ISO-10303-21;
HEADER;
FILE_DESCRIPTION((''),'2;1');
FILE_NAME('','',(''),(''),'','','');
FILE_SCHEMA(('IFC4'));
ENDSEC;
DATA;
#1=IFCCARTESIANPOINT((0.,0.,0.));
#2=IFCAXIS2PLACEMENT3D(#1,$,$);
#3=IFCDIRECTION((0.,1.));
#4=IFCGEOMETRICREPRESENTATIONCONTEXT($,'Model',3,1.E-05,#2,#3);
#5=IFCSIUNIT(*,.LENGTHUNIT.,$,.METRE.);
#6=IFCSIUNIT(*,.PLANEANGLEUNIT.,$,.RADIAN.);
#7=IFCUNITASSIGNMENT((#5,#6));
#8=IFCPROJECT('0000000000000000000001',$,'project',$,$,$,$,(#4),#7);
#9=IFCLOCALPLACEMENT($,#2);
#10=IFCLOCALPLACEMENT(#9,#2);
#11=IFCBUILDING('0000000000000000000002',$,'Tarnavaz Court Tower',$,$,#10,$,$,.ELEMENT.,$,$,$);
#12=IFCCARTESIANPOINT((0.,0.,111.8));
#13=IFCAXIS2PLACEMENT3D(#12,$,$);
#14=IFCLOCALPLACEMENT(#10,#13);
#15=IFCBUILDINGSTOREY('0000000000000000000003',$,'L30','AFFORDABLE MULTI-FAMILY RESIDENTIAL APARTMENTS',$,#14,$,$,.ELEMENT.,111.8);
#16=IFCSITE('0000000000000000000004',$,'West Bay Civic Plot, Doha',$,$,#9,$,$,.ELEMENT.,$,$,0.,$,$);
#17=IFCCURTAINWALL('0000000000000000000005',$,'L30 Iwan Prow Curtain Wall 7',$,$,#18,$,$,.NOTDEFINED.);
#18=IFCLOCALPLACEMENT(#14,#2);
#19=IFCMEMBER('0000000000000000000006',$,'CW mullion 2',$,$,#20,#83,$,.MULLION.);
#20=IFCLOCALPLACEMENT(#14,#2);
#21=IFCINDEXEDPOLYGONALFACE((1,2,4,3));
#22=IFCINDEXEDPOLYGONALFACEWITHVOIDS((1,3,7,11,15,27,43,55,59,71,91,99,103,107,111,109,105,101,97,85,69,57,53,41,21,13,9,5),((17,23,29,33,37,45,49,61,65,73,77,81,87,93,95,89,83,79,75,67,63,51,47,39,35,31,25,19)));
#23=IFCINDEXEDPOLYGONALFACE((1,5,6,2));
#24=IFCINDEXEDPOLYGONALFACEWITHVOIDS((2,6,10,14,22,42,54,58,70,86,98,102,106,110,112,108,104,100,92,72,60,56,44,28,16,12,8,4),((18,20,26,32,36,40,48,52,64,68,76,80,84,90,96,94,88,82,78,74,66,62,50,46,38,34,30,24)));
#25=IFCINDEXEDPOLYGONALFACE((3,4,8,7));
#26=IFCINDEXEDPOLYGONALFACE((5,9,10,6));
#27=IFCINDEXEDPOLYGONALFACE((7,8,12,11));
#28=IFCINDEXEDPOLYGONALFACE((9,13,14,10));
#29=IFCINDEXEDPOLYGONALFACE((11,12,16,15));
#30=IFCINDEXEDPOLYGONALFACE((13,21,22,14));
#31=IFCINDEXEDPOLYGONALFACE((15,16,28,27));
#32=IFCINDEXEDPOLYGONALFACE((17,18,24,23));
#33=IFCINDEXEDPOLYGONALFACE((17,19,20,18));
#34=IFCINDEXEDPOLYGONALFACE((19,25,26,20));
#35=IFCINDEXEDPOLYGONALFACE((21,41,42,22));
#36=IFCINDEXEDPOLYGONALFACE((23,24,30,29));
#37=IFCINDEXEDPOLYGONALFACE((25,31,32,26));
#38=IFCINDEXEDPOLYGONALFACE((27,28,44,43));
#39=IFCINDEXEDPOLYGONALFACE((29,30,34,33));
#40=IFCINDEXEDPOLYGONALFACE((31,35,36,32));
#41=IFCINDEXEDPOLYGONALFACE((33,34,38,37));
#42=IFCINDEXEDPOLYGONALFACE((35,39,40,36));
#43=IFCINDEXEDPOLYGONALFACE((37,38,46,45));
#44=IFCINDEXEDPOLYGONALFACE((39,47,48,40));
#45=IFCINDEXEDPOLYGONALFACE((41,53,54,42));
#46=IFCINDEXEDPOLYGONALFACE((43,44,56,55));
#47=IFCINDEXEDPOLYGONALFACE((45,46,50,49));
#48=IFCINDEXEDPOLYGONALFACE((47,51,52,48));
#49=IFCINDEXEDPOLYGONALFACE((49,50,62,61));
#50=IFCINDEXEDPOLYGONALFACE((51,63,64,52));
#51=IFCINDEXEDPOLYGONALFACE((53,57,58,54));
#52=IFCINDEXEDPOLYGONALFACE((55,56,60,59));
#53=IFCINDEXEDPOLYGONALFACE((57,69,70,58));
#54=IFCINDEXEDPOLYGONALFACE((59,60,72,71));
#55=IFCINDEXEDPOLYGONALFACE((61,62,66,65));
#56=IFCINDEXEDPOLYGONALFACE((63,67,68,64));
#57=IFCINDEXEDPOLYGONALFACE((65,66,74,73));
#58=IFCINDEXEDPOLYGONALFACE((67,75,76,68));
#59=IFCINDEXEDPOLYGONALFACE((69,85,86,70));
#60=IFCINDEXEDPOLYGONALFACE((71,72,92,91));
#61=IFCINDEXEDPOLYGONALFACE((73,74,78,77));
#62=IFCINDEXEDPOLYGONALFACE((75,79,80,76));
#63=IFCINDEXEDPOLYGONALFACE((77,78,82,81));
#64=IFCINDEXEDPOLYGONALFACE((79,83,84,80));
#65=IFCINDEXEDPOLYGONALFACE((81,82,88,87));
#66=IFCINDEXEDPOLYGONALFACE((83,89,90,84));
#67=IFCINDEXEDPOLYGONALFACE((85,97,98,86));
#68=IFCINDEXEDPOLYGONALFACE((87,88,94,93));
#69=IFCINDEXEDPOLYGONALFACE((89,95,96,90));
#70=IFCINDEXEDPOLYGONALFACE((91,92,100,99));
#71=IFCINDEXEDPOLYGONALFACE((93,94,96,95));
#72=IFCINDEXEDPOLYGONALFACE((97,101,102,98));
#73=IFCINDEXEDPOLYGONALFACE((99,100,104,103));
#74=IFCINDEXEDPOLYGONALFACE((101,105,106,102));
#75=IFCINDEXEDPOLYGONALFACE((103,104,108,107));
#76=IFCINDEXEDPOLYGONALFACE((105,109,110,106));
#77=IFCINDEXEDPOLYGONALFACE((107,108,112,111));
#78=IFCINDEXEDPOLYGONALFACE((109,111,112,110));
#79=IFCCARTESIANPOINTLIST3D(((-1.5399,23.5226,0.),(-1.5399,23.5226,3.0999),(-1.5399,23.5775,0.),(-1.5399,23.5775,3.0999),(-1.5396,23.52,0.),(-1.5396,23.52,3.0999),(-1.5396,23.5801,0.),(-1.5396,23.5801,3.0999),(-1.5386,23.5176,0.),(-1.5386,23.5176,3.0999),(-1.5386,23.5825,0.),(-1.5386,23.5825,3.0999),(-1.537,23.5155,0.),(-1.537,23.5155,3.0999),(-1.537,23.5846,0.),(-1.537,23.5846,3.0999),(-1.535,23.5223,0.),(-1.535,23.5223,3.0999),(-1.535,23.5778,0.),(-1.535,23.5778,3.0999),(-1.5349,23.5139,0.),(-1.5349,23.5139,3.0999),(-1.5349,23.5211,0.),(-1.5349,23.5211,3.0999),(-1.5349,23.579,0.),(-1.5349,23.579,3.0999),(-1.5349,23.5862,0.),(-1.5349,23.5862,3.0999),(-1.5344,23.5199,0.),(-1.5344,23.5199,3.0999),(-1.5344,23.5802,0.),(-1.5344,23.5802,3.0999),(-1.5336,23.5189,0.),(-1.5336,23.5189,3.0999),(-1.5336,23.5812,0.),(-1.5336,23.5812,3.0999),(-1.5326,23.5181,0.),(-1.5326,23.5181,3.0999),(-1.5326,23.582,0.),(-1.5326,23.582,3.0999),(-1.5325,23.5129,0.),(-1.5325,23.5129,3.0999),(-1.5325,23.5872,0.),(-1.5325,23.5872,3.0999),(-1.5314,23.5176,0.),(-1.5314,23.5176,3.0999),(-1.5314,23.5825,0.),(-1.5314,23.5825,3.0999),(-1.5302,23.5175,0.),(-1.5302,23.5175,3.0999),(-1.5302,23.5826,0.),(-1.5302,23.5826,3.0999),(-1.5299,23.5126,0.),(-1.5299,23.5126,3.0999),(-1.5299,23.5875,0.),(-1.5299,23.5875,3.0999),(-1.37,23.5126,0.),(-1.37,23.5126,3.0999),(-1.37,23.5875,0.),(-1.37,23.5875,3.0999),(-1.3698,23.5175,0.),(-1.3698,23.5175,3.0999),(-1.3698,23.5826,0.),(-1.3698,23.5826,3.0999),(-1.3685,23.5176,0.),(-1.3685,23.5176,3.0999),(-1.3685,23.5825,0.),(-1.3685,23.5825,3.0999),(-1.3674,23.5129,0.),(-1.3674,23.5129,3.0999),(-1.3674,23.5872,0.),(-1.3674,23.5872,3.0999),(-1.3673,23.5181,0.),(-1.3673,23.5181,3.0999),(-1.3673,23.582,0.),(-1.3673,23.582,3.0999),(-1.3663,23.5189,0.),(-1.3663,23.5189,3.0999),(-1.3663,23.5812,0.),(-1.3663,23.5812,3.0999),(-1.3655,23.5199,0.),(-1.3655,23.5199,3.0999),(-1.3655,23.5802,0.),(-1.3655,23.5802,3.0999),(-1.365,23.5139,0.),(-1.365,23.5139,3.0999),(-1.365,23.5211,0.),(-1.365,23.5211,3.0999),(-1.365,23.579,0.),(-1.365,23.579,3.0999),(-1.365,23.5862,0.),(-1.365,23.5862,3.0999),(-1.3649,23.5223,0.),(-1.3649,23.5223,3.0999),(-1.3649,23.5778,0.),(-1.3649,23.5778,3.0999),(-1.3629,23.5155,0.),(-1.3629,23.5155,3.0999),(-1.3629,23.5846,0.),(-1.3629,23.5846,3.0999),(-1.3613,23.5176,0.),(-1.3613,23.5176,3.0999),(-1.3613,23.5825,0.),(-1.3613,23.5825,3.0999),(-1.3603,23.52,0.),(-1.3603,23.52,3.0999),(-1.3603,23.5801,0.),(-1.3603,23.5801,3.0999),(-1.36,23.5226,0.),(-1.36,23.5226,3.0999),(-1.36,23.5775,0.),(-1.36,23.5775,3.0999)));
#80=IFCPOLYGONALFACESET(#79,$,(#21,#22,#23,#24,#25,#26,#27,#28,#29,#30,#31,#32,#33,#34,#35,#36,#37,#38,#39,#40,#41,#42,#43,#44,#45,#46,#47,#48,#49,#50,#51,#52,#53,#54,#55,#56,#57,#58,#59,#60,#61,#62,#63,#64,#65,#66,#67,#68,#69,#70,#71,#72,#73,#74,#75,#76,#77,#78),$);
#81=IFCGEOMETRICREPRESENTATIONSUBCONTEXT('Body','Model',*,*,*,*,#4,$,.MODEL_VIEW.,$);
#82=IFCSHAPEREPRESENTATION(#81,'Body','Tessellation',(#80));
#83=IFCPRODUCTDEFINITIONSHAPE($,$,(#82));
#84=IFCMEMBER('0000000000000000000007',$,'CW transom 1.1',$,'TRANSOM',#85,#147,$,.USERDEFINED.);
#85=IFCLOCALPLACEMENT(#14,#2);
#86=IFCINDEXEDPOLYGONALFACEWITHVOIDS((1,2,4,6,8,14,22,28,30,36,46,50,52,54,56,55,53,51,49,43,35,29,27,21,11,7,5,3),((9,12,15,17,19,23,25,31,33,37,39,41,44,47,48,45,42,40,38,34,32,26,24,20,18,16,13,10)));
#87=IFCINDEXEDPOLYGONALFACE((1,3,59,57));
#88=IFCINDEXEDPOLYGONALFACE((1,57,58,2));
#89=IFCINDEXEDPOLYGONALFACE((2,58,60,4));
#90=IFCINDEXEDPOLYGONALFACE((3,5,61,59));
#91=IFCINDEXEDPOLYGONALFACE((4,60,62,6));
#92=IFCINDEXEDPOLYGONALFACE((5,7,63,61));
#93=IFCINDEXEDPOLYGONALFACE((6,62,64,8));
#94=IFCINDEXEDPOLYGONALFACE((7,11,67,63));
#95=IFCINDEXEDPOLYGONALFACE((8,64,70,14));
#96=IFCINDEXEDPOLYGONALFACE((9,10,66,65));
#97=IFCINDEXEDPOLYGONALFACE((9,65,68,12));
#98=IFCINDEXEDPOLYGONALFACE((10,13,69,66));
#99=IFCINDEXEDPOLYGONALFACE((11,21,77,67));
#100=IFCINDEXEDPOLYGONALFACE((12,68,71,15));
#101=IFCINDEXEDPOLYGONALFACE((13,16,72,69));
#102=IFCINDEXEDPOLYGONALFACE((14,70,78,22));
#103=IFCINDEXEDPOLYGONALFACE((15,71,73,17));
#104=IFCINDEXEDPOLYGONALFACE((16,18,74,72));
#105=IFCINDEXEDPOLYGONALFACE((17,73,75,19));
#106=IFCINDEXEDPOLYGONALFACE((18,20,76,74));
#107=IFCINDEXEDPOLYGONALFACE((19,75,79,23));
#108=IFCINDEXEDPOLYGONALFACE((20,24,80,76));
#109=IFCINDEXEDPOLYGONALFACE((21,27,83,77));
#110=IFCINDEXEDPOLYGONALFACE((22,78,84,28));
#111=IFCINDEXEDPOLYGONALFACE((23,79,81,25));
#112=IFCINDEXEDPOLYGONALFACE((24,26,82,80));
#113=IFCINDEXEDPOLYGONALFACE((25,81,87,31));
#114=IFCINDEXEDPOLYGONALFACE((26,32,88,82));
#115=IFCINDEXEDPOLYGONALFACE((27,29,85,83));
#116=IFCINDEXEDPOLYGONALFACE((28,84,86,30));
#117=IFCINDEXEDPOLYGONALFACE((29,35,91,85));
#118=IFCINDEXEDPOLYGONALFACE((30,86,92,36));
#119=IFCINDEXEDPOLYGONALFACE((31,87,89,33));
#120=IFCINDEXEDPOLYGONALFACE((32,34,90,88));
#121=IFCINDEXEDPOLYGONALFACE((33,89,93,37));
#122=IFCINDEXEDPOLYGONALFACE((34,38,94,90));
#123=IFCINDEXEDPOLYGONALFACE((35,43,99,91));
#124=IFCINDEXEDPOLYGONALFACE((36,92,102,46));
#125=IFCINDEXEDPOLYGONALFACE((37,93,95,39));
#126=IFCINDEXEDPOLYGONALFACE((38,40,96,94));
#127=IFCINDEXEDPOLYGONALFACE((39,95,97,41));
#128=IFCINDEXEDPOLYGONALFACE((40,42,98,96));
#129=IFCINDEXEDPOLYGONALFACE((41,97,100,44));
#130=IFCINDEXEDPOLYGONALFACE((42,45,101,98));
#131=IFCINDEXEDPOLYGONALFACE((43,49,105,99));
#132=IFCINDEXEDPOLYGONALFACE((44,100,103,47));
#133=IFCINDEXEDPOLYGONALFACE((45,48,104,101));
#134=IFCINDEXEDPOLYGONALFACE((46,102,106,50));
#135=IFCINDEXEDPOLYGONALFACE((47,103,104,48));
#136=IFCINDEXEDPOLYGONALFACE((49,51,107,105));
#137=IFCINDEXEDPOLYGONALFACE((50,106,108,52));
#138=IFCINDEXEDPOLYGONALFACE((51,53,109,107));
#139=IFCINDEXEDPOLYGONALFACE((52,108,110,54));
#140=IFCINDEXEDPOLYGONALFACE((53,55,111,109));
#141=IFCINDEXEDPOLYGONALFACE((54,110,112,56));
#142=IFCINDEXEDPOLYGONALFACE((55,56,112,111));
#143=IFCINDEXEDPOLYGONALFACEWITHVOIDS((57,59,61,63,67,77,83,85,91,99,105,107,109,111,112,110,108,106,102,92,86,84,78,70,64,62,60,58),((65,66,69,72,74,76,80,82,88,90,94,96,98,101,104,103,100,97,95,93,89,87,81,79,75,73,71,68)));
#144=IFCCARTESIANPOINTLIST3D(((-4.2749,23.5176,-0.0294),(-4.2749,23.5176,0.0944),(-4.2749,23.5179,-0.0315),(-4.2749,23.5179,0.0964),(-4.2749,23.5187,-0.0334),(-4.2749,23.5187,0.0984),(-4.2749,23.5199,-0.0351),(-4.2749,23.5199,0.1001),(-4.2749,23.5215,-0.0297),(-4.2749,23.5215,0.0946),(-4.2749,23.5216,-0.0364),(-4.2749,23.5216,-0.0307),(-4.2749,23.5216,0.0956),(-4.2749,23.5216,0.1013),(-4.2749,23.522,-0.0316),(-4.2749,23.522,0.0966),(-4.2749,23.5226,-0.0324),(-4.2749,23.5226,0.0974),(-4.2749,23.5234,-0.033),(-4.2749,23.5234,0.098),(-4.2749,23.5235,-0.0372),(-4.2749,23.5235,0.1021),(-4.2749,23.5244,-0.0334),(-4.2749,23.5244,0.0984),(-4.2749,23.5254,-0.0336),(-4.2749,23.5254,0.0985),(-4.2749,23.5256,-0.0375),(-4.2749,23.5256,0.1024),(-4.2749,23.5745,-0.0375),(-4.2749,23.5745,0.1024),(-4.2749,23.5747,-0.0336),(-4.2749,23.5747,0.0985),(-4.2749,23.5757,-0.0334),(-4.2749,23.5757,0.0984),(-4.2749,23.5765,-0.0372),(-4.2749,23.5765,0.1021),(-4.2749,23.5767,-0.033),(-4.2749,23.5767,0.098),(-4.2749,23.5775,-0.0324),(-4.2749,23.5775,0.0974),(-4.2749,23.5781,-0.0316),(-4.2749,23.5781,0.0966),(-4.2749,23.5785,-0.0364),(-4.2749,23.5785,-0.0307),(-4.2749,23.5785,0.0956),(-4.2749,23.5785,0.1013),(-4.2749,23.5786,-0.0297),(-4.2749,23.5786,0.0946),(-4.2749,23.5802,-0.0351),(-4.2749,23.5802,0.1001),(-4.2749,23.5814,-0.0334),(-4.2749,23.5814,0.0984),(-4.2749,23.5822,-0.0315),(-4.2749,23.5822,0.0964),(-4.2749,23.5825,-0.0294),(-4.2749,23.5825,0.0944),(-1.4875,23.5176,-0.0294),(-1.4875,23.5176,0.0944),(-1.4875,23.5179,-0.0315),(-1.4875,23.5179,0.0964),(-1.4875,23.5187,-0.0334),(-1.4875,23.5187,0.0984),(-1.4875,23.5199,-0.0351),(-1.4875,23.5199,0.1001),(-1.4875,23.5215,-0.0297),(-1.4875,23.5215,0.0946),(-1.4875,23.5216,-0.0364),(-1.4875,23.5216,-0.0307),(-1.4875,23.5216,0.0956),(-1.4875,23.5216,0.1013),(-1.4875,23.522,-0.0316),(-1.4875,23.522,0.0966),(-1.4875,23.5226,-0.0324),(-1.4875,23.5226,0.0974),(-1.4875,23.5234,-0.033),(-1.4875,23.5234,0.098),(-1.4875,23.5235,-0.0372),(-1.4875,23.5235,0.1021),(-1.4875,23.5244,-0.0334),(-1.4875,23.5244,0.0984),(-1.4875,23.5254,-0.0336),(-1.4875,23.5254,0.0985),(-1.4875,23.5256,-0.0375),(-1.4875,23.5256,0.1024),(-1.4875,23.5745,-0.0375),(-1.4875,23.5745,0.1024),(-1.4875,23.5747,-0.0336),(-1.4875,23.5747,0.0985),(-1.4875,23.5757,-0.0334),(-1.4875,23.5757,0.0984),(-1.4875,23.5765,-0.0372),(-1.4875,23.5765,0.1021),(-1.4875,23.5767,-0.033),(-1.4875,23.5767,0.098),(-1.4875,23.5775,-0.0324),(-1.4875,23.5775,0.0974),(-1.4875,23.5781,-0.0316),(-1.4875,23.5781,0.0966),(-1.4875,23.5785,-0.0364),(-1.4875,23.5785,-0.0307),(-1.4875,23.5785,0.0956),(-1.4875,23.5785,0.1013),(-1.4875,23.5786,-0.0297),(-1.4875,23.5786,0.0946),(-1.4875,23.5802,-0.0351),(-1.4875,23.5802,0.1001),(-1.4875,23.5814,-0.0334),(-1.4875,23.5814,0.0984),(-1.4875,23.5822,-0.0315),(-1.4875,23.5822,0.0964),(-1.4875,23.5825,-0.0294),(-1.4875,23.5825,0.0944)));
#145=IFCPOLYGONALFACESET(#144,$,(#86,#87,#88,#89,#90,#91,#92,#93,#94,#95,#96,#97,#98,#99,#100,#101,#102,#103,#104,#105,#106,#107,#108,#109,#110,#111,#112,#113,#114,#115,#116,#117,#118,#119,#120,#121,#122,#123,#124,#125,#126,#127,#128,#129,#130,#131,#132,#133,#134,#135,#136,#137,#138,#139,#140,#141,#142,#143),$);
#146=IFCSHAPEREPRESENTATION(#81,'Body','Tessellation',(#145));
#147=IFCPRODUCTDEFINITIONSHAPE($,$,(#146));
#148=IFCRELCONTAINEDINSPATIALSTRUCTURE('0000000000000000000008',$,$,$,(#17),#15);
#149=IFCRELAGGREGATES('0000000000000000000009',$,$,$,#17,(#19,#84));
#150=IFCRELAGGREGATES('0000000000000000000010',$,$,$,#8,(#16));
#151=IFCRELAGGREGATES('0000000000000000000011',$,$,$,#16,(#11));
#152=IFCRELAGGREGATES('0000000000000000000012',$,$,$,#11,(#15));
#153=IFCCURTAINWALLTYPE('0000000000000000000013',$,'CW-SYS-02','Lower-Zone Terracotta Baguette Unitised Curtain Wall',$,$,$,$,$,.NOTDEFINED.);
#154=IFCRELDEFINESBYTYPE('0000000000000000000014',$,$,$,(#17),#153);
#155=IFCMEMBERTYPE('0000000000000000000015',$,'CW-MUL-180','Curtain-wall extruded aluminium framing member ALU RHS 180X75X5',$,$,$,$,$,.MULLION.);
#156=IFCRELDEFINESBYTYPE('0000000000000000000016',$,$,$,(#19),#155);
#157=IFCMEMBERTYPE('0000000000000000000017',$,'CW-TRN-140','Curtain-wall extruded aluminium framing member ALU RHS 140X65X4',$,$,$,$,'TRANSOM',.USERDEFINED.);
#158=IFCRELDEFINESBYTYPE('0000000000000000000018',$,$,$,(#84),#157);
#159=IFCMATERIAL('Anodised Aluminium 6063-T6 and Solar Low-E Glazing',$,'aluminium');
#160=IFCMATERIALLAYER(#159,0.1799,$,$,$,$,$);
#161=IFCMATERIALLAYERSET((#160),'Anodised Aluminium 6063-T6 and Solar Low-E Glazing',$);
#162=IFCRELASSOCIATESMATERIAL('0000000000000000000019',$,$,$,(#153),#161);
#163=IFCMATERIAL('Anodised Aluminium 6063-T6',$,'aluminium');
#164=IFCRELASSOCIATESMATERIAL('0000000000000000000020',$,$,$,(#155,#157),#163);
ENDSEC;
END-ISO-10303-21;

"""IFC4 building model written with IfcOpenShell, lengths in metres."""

from ifc_helpers import new_model, si_unit, direction, frame, origin, origin_2d, place, context, subcontext, project, spatial, hollow_rectangle, extrude, material, layer, layer_set, material_profile, profile_set, type_object, element, aggregate, save


model = new_model("IFC4")

# Units and contexts
model_context = context("Model", 3, precision=1e-05, world=origin(), true_north=direction((0.0, 1.0)))
body_context = subcontext(model_context, "Body", "Model", "MODEL_VIEW")
ifc_project = project(units=[si_unit("LENGTHUNIT", "METRE"), si_unit("PLANEANGLEUNIT", "RADIAN")], contexts=[model_context])

# Site, building, storey
site_placement = place(None, origin())
site = spatial("IfcSite", under=ifc_project, at=site_placement, Name="West Bay Civic Plot, Doha", CompositionType="ELEMENT", RefElevation=0.0)
building_placement = place(site_placement, origin())
building = spatial("IfcBuilding", under=site, at=building_placement, Name="Tarnavaz Court Tower", CompositionType="ELEMENT")
storey_placement = place(building_placement, frame((0.0, 0.0, 111.8)))
storey = spatial("IfcBuildingStorey", under=building, at=storey_placement, Name="L30", Description="AFFORDABLE MULTI-FAMILY RESIDENTIAL APARTMENTS", CompositionType="ELEMENT", Elevation=111.8)

# Curtain wall, members
ifc_material_1 = material(Name="Anodised Aluminium 6063-T6 and Solar Low-E Glazing", Category="aluminium")
ifc_layer_1 = layer(ifc_material_1, 0.1799)
ifc_layer_set_1 = layer_set([ifc_layer_1], Name="Anodised Aluminium 6063-T6 and Solar Low-E Glazing")
curtain_wall_type = type_object("IfcCurtainWallType", Name="CW-SYS-02", Description="Lower-Zone Terracotta Baguette Unitised Curtain Wall", PredefinedType="NOTDEFINED", material=ifc_layer_set_1)
curtain_wall_placement = place(storey_placement, origin())
curtain_wall = element("IfcCurtainWall", 1, at=curtain_wall_placement, inside=storey, type_object=curtain_wall_type, Name="L30 Iwan Prow Curtain Wall 7", PredefinedType="NOTDEFINED")
ifc_material_2 = material(Name="Anodised Aluminium 6063-T6", Category="aluminium")
ifc_material_profile_1 = material_profile(ifc_material_2, hollow_rectangle(XDim=0.075, YDim=0.1799, WallThickness=0.0049, InnerFilletRadius=0.0049, OuterFilletRadius=0.01, at=origin_2d()), Name="ALU RHS 180X75X5")
ifc_profile_set_1 = profile_set([ifc_material_profile_1], Name="Anodised Aluminium 6063-T6")
member_type_1 = type_object("IfcMemberType", Name="CW-MUL-180", Description="Curtain-wall extruded aluminium framing member ALU RHS 180X75X5", PredefinedType="MULLION", material=ifc_profile_set_1)
member_1_placement = place(storey_placement, frame((-1.45, 23.55, 0.0), z_axis=(0.0, 0.0, 1.0), x_axis=(0.0, 1.0, 0.0)))
member_1 = element("IfcMember", 2, at=member_1_placement, type_object=member_type_1, Name="CW mullion 2", PredefinedType="MULLION", context=body_context, shape_type="SweptSolid", body=[
    extrude(hollow_rectangle(XDim=0.075, YDim=0.1799, WallThickness=0.0049, InnerFilletRadius=0.0049, OuterFilletRadius=0.01, at=origin_2d()), origin(), (0.0, 0.0, 1.0), 3.0999),
])
ifc_material_profile_2 = material_profile(ifc_material_2, hollow_rectangle(XDim=0.0649, YDim=0.1399, WallThickness=0.0039, InnerFilletRadius=0.0039, OuterFilletRadius=0.0081, at=origin_2d()), Name="ALU RHS 140X65X4")
ifc_profile_set_2 = profile_set([ifc_material_profile_2], Name="Anodised Aluminium 6063-T6")
member_type_2 = type_object("IfcMemberType", Name="CW-TRN-140", Description="Curtain-wall extruded aluminium framing member ALU RHS 140X65X4", ElementType="TRANSOM", PredefinedType="USERDEFINED", material=ifc_profile_set_2)
member_2_placement = place(storey_placement, frame((-4.2749, 23.55, 0.0325), z_axis=(1.0, 0.0, 0.0), x_axis=(0.0, 1.0, 0.0)))
member_2 = element("IfcMember", 3, at=member_2_placement, type_object=member_type_2, Name="CW transom 1.1", ObjectType="TRANSOM", PredefinedType="USERDEFINED", context=body_context, shape_type="SweptSolid", body=[
    extrude(hollow_rectangle(XDim=0.0649, YDim=0.1399, WallThickness=0.0039, InnerFilletRadius=0.0039, OuterFilletRadius=0.0081, at=origin_2d()), origin(), (0.0, 0.0, 1.0), 2.7874),
])
aggregate(curtain_wall, [member_1, member_2])

save(model, "model.ifc")
